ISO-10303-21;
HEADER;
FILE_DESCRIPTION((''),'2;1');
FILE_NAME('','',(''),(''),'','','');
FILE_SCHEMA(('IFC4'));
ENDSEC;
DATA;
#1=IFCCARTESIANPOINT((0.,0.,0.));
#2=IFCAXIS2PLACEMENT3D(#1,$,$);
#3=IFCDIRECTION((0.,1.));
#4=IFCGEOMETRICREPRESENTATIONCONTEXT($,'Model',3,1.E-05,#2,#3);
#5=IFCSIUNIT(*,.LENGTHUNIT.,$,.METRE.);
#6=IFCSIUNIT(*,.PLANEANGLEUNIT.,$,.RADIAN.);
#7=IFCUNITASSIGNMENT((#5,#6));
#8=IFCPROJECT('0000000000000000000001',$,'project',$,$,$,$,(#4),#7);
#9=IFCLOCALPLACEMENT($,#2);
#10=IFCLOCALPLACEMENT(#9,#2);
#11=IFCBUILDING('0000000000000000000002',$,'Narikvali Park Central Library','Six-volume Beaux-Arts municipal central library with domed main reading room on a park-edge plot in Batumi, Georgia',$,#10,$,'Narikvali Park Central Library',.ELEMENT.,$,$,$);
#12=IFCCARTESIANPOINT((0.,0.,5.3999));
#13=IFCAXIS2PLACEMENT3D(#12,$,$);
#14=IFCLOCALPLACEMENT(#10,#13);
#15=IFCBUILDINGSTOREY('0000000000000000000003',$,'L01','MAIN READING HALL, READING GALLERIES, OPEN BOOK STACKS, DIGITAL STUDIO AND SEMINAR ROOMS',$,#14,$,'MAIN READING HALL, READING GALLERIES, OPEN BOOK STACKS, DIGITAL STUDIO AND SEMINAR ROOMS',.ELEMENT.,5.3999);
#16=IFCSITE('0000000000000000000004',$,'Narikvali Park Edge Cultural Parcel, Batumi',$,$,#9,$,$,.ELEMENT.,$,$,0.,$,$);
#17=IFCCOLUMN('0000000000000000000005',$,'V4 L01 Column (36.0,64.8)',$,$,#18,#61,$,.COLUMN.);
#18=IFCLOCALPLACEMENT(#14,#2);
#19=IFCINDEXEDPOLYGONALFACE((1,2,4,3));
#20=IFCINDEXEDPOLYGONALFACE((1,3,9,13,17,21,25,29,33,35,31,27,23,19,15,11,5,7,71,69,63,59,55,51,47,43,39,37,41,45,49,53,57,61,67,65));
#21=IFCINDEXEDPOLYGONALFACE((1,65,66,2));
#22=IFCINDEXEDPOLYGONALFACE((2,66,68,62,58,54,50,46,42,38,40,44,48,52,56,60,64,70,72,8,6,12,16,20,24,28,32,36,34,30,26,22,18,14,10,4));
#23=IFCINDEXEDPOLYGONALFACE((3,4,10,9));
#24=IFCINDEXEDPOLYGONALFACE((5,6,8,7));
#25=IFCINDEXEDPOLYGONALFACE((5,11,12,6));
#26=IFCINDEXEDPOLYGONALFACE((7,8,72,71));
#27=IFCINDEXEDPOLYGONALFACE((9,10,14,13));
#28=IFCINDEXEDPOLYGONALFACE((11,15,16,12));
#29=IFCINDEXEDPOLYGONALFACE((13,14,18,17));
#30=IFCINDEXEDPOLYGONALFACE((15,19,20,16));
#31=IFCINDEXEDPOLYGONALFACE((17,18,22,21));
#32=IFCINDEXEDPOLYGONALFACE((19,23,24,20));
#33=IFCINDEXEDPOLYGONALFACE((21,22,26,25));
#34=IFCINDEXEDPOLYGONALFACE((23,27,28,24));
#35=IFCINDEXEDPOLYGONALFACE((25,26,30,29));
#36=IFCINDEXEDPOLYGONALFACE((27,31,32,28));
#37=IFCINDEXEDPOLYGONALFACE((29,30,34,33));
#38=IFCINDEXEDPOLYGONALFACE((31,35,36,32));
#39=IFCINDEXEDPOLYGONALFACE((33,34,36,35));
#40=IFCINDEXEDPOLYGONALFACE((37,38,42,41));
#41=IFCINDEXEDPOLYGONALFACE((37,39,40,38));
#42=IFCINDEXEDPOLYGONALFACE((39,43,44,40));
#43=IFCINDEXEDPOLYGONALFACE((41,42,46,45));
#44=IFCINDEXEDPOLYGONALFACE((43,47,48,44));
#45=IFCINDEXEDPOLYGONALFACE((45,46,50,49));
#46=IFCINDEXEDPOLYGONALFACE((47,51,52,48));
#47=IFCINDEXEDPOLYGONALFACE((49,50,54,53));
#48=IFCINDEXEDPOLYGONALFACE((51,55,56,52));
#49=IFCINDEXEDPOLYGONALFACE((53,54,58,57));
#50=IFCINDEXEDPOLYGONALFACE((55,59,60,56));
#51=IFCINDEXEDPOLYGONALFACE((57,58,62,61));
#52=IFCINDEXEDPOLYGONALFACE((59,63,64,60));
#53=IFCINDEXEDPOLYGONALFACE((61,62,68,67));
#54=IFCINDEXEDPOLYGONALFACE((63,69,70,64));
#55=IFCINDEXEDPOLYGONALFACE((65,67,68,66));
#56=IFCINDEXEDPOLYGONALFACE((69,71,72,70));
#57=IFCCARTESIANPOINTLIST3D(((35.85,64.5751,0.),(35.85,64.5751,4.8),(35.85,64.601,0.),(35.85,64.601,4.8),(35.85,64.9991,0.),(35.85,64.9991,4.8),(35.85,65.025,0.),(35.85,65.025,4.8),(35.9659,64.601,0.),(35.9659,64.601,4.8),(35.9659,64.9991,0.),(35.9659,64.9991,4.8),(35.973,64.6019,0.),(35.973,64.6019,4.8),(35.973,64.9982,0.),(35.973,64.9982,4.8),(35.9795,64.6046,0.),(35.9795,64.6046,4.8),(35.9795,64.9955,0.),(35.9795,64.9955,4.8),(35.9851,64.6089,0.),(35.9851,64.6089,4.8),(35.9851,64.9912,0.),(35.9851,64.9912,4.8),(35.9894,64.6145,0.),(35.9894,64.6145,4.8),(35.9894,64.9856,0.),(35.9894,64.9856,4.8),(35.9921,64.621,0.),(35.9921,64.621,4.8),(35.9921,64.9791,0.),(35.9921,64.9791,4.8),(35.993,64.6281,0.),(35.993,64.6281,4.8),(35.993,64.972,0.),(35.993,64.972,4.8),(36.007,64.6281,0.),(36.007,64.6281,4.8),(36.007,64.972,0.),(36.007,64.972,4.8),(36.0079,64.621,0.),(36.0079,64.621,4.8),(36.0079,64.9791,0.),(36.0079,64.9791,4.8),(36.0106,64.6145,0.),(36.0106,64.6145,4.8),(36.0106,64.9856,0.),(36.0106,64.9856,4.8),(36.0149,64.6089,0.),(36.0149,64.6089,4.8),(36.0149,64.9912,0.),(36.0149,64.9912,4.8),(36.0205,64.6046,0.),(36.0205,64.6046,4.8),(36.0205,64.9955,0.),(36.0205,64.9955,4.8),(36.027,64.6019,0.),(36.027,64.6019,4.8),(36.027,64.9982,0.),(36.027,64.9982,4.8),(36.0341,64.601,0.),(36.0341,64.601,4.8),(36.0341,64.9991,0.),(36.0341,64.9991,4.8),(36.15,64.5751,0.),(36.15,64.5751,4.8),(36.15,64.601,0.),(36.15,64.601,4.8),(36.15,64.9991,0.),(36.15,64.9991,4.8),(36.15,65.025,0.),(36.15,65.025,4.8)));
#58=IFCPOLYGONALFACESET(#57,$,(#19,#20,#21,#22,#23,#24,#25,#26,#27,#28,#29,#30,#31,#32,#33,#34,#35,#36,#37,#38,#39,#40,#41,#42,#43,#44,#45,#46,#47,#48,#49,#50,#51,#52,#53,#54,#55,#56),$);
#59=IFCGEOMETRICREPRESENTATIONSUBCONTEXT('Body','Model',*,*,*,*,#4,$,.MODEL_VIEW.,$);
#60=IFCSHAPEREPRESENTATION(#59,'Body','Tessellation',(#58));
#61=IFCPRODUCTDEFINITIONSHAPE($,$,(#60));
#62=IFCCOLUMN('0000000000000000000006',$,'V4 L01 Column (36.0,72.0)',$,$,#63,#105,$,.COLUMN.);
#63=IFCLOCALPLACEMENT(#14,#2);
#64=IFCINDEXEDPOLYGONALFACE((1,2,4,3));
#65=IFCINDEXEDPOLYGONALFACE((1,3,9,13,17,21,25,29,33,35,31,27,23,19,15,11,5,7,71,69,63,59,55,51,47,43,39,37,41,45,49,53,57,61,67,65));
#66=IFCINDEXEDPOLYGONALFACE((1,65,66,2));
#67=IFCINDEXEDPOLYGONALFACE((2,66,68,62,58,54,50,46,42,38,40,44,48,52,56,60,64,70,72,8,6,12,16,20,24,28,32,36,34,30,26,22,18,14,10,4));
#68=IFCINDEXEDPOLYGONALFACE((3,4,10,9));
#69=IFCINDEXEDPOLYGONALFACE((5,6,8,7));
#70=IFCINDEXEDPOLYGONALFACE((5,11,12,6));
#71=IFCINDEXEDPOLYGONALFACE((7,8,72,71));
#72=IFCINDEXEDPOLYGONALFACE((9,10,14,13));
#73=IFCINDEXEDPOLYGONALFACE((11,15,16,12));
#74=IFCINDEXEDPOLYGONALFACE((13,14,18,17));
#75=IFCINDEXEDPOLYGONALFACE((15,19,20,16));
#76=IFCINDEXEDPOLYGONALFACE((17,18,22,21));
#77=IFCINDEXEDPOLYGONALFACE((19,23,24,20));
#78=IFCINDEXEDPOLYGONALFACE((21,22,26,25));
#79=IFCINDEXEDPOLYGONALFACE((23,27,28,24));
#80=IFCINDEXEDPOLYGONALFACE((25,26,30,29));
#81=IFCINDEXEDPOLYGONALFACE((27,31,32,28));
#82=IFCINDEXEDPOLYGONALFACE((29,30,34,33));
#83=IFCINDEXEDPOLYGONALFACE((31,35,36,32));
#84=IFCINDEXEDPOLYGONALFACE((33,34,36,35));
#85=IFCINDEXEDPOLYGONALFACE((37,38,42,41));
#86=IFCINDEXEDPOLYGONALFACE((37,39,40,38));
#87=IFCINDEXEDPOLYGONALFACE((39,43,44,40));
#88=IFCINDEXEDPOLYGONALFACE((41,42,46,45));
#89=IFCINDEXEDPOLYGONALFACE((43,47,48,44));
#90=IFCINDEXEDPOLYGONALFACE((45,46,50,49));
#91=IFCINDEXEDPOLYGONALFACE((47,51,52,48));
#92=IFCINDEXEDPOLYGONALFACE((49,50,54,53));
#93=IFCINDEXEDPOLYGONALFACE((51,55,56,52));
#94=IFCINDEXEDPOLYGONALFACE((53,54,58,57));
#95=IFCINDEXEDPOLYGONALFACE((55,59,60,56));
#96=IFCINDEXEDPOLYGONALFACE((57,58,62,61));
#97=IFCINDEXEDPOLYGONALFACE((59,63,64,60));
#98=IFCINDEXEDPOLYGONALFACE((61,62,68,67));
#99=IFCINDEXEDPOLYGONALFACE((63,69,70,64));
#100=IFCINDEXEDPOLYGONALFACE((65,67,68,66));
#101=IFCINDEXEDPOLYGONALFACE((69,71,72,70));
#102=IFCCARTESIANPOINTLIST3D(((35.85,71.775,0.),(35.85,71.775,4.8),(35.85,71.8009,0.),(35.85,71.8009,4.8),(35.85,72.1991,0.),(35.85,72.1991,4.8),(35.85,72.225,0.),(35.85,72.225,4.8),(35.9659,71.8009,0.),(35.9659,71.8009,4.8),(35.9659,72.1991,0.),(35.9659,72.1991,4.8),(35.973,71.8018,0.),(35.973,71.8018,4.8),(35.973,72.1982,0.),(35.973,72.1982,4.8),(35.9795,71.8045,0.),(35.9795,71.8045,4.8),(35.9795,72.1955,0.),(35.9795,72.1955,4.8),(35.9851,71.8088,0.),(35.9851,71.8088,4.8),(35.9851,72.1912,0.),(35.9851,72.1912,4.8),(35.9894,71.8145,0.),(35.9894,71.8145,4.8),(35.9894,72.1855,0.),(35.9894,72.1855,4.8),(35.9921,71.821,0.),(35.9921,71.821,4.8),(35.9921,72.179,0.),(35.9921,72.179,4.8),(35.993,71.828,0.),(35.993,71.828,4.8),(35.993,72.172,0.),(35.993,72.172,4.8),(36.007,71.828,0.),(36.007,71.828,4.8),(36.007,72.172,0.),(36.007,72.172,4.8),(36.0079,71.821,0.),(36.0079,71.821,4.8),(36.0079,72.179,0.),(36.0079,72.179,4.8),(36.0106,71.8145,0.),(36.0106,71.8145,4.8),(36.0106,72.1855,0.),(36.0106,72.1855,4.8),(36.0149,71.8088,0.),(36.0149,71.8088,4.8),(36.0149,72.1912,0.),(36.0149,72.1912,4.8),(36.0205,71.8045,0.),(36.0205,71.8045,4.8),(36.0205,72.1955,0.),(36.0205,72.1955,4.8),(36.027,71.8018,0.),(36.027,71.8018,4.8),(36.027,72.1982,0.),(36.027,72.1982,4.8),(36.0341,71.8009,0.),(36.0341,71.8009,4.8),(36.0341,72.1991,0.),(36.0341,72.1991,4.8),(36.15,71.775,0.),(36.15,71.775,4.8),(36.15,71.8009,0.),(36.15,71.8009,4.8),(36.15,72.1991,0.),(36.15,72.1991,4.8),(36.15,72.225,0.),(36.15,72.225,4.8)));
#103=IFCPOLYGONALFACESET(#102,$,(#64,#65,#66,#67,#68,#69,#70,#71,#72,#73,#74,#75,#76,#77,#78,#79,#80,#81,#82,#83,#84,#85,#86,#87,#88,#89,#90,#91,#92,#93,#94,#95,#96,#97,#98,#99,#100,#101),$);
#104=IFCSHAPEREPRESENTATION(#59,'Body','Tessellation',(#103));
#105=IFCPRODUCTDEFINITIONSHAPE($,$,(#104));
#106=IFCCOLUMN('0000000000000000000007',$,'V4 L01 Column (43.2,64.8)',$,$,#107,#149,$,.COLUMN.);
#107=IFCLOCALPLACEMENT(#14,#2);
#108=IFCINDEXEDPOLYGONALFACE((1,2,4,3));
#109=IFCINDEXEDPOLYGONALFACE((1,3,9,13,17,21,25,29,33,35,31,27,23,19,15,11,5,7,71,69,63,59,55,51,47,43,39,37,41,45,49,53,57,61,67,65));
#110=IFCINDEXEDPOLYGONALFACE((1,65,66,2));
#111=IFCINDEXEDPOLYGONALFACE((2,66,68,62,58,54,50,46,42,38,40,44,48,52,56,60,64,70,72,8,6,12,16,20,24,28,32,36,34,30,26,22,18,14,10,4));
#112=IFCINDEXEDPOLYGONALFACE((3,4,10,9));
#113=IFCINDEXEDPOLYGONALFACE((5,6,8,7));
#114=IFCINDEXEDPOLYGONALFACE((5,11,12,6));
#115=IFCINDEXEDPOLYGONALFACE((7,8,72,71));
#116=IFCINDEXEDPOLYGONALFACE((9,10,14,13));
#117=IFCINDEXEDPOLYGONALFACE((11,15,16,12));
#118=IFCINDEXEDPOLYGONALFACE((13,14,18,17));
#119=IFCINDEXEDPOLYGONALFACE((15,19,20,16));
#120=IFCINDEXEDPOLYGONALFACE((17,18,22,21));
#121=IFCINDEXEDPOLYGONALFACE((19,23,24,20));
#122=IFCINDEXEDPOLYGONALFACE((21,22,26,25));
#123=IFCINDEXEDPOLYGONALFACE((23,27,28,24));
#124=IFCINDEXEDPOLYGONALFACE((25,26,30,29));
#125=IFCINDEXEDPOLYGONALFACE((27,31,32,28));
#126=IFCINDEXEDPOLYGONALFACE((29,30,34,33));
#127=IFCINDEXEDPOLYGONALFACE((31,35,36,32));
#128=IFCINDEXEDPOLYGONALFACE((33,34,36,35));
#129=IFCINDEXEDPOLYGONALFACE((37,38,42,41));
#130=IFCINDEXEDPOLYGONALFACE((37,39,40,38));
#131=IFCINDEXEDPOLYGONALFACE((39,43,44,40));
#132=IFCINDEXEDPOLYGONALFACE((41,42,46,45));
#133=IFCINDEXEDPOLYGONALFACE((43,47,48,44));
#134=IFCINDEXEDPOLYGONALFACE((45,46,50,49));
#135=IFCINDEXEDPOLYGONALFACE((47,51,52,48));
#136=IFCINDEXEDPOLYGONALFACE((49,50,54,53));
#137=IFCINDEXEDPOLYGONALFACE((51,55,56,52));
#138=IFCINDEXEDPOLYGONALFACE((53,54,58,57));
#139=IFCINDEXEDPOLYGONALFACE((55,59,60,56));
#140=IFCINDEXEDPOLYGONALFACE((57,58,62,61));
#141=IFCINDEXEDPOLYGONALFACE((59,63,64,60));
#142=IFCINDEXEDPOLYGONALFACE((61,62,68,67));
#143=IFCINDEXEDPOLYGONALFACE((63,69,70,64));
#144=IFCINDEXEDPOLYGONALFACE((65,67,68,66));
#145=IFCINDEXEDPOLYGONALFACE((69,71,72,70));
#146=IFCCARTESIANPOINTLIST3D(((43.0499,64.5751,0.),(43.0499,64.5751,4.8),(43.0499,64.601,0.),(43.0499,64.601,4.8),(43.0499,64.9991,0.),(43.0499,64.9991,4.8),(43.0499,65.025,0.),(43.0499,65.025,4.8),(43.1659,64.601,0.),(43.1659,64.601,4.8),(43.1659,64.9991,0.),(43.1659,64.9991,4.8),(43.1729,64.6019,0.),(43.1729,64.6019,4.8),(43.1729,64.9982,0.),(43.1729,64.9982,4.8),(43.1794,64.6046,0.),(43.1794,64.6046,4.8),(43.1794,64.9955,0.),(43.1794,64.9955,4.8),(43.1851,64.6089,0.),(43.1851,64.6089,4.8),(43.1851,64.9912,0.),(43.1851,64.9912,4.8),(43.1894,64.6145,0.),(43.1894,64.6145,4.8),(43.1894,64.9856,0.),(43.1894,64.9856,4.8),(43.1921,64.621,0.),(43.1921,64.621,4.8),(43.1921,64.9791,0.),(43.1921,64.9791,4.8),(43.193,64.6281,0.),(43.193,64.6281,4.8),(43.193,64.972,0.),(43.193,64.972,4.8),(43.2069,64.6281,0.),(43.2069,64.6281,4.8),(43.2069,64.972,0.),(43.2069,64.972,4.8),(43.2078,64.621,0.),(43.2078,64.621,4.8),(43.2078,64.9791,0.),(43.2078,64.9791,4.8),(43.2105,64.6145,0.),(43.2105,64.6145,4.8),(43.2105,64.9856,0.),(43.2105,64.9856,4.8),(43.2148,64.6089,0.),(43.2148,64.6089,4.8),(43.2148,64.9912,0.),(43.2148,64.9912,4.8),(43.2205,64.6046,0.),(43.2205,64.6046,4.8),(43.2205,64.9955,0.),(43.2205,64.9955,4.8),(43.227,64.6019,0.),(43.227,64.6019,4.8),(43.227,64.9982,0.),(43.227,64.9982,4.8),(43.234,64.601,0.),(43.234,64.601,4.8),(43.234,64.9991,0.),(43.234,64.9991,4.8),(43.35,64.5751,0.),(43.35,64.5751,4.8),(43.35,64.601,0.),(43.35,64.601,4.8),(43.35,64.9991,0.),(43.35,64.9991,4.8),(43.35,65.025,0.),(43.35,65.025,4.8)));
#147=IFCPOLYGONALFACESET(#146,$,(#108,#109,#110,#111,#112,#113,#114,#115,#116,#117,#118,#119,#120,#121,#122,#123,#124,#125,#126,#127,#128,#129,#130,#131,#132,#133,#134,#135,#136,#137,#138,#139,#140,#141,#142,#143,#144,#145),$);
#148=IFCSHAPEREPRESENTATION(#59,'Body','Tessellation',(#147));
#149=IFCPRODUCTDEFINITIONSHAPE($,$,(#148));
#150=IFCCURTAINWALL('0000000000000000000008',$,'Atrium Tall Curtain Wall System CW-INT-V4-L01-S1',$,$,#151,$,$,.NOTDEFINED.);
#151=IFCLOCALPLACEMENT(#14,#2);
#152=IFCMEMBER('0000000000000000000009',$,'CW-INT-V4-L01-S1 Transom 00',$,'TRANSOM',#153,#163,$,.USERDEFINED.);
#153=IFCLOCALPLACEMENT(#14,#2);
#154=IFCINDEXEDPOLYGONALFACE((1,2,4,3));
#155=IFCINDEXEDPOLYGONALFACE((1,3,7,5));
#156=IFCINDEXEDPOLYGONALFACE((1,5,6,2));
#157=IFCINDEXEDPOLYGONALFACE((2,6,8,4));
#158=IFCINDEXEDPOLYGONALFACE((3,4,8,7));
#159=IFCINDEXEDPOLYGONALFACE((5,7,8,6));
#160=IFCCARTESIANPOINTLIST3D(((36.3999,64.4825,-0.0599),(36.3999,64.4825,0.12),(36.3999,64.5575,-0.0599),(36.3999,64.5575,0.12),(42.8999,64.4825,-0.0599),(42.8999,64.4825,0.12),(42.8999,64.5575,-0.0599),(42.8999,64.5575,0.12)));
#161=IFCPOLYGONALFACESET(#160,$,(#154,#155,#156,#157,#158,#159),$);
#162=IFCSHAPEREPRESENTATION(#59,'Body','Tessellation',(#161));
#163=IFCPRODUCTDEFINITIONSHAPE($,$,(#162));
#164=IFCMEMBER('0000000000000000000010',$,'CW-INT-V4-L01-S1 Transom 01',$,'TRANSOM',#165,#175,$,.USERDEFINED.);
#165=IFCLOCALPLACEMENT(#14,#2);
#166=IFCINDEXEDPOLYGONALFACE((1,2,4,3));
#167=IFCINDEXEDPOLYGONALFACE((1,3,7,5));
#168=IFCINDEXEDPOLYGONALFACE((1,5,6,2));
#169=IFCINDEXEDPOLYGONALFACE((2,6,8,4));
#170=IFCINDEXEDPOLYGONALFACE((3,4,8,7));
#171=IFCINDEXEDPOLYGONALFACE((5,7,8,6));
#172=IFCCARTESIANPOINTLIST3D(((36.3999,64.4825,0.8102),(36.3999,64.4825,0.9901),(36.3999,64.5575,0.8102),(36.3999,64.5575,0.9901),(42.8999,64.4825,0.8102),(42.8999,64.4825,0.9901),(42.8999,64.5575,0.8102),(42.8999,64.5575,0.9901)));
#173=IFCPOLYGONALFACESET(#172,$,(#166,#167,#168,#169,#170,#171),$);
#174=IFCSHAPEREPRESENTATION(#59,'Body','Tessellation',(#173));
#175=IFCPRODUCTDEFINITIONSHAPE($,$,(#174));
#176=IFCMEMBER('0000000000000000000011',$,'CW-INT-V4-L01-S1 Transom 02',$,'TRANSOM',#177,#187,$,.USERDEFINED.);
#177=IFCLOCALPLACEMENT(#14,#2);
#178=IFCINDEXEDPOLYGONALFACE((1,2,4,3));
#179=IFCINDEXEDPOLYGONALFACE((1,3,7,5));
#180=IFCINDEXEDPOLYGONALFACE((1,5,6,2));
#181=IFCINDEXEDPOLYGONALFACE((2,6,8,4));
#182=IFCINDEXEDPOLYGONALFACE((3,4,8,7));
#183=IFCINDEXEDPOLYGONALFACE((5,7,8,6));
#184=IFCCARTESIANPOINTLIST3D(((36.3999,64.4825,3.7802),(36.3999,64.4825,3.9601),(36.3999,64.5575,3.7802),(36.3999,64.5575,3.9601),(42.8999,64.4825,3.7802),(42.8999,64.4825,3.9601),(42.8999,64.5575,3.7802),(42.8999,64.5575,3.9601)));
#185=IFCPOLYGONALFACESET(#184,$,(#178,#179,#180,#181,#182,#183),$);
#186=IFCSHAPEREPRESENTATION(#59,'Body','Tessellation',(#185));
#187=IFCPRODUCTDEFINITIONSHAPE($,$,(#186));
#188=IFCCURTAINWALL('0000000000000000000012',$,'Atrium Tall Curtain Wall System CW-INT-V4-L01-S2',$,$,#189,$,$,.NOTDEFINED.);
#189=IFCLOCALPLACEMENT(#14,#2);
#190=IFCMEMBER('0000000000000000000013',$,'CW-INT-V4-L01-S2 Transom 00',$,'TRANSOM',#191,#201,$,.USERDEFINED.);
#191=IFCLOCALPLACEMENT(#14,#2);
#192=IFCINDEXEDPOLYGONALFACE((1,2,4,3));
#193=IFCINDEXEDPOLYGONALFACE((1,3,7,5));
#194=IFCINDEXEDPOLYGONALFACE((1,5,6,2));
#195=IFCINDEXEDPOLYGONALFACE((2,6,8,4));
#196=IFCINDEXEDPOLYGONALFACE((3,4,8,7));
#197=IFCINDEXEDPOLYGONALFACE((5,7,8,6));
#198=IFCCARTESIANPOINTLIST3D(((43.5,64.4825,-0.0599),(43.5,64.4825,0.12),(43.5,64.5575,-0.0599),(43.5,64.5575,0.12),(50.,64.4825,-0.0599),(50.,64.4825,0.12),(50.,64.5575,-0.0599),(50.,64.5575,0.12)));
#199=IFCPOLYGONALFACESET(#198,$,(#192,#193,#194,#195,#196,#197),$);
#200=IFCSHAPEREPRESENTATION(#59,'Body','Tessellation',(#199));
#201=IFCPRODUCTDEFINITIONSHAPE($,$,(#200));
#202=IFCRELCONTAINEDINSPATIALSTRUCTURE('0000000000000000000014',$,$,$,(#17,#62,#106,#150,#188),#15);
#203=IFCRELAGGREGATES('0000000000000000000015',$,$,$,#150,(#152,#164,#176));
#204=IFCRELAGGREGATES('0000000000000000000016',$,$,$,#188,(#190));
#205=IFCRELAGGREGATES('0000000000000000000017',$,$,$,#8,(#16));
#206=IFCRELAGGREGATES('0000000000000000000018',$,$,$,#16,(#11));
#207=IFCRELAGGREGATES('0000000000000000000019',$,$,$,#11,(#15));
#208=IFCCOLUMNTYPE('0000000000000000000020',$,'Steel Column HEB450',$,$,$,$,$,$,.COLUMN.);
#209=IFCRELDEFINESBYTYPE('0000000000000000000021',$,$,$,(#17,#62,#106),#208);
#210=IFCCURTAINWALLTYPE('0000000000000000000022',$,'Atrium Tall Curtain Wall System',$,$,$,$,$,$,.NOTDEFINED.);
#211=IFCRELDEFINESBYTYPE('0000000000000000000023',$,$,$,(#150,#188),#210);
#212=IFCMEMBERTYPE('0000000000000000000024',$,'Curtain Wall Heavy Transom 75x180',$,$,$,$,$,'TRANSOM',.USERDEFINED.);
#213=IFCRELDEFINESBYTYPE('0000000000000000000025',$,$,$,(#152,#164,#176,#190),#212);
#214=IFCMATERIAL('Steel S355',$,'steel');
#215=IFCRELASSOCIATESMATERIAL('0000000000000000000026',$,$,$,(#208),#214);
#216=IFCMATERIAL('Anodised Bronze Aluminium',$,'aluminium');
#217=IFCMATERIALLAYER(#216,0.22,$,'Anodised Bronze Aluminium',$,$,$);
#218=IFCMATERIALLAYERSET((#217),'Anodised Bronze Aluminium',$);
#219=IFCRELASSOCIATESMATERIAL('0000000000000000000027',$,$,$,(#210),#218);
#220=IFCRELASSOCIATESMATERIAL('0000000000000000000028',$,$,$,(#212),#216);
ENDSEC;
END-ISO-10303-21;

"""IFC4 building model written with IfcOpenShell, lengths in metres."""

from ifc_helpers import new_model, si_unit, direction, frame, origin, origin_2d, place, context, subcontext, project, spatial, rectangle, i_section, extrude, material, layer, layer_set, material_profile, profile_set, type_object, element, aggregate, save


model = new_model("IFC4")

# Units and contexts
model_context = context("Model", 3, precision=1e-05, world=origin(), true_north=direction((0.0, 1.0)))
body_context = subcontext(model_context, "Body", "Model", "MODEL_VIEW")
ifc_project = project(units=[si_unit("LENGTHUNIT", "METRE"), si_unit("PLANEANGLEUNIT", "RADIAN")], contexts=[model_context])

# Site, building, storey
site_placement = place(None, origin())
site = spatial("IfcSite", under=ifc_project, at=site_placement, Name="Narikvali Park Edge Cultural Parcel, Batumi", CompositionType="ELEMENT", RefElevation=0.0)
building_placement = place(site_placement, origin())
building = spatial("IfcBuilding", under=site, at=building_placement, Name="Narikvali Park Central Library", Description="Six-volume Beaux-Arts municipal central library with domed main reading room on a park-edge plot in Batumi, Georgia", LongName="Narikvali Park Central Library", CompositionType="ELEMENT")
storey_placement = place(building_placement, frame((0.0, 0.0, 5.3999)))
storey = spatial("IfcBuildingStorey", under=building, at=storey_placement, Name="L01", Description="MAIN READING HALL, READING GALLERIES, OPEN BOOK STACKS, DIGITAL STUDIO AND SEMINAR ROOMS", LongName="MAIN READING HALL, READING GALLERIES, OPEN BOOK STACKS, DIGITAL STUDIO AND SEMINAR ROOMS", CompositionType="ELEMENT", Elevation=5.3999)

# Columns
ifc_material_1 = material(Name="Steel S355", Category="steel")
ifc_material_profile_1 = material_profile(ifc_material_1, i_section(OverallWidth=0.3, OverallDepth=0.45, WebThickness=0.0139, FlangeThickness=0.0259, FilletRadius=0.0271, at=origin_2d()), Name="HEB 450")
ifc_profile_set_1 = profile_set([ifc_material_profile_1], Name="Steel S355")
column_type = type_object("IfcColumnType", Name="Steel Column HEB450", PredefinedType="COLUMN", material=ifc_profile_set_1)
for number, where, z_axis, x_axis, name in (
    (1, (36.0, 64.8, 0.0), (0.0, 0.0, 1.0), (1.0, 0.0, 0.0), "V4 L01 Column (36.0,64.8)"),
    (2, (36.0, 72.0, 0.0), (0.0, 0.0, 1.0), (1.0, 0.0, 0.0), "V4 L01 Column (36.0,72.0)"),
    (3, (43.2, 64.8, 0.0), (0.0, 0.0, 1.0), (1.0, 0.0, 0.0), "V4 L01 Column (43.2,64.8)"),
):
    element("IfcColumn", number, at=place(storey_placement, frame(where, z_axis=z_axis, x_axis=x_axis)), inside=storey, type_object=column_type, Name=name, PredefinedType="COLUMN", context=body_context, shape_type="SweptSolid", body=[
        extrude(i_section(OverallWidth=0.3, OverallDepth=0.45, WebThickness=0.0139, FlangeThickness=0.0259, FilletRadius=0.0271, at=origin_2d()), origin(), (0.0, 0.0, 1.0), 4.8),
    ])

# Curtain walls, members
ifc_material_2 = material(Name="Anodised Bronze Aluminium", Category="aluminium")
ifc_layer_1 = layer(ifc_material_2, 0.22, Name="Anodised Bronze Aluminium")
ifc_layer_set_1 = layer_set([ifc_layer_1], Name="Anodised Bronze Aluminium")
curtain_wall_type = type_object("IfcCurtainWallType", Name="Atrium Tall Curtain Wall System", PredefinedType="NOTDEFINED", material=ifc_layer_set_1)
curtain_wall_1_placement = place(storey_placement, origin())
curtain_wall_1 = element("IfcCurtainWall", 4, at=curtain_wall_1_placement, inside=storey, type_object=curtain_wall_type, Name="Atrium Tall Curtain Wall System CW-INT-V4-L01-S1", PredefinedType="NOTDEFINED")
ifc_material_profile_2 = material_profile(ifc_material_2, rectangle(XDim=0.075, YDim=0.1799, at=origin_2d()), Name="CW TRANSOM 75x180")
ifc_profile_set_2 = profile_set([ifc_material_profile_2], Name="Anodised Bronze Aluminium")
member_type_1 = type_object("IfcMemberType", Name="Curtain Wall Heavy Transom 75x180", ElementType="TRANSOM", PredefinedType="USERDEFINED", material=ifc_profile_set_2)
member_1_placement = place(storey_placement, frame((36.3999, 64.52, 0.03), z_axis=(1.0, 0.0, 0.0), x_axis=(0.0, 1.0, 0.0)))
member_1 = element("IfcMember", 5, at=member_1_placement, type_object=member_type_1, Name="CW-INT-V4-L01-S1 Transom 00", ObjectType="TRANSOM", PredefinedType="USERDEFINED", context=body_context, shape_type="SweptSolid", body=[
    extrude(rectangle(XDim=0.075, YDim=0.1799, at=origin_2d()), origin(), (0.0, 0.0, 1.0), 6.5),
])
member_2_placement = place(storey_placement, frame((36.3999, 64.52, 0.9001), z_axis=(1.0, 0.0, 0.0), x_axis=(0.0, 1.0, 0.0)))
member_2 = element("IfcMember", 6, at=member_2_placement, type_object=member_type_1, Name="CW-INT-V4-L01-S1 Transom 01", ObjectType="TRANSOM", PredefinedType="USERDEFINED", context=body_context, shape_type="SweptSolid", body=[
    extrude(rectangle(XDim=0.075, YDim=0.1799, at=origin_2d()), origin(), (0.0, 0.0, 1.0), 6.5),
])
member_3_placement = place(storey_placement, frame((36.3999, 64.52, 3.8701), z_axis=(1.0, 0.0, 0.0), x_axis=(0.0, 1.0, 0.0)))
member_3 = element("IfcMember", 7, at=member_3_placement, type_object=member_type_1, Name="CW-INT-V4-L01-S1 Transom 02", ObjectType="TRANSOM", PredefinedType="USERDEFINED", context=body_context, shape_type="SweptSolid", body=[
    extrude(rectangle(XDim=0.075, YDim=0.1799, at=origin_2d()), origin(), (0.0, 0.0, 1.0), 6.5),
])
curtain_wall_2_placement = place(storey_placement, origin())
curtain_wall_2 = element("IfcCurtainWall", 8, at=curtain_wall_2_placement, inside=storey, type_object=curtain_wall_type, Name="Atrium Tall Curtain Wall System CW-INT-V4-L01-S2", PredefinedType="NOTDEFINED")
member_4_placement = place(storey_placement, frame((43.5, 64.52, 0.03), z_axis=(1.0, 0.0, 0.0), x_axis=(0.0, 1.0, 0.0)))
member_4 = element("IfcMember", 9, at=member_4_placement, type_object=member_type_1, Name="CW-INT-V4-L01-S2 Transom 00", ObjectType="TRANSOM", PredefinedType="USERDEFINED", context=body_context, shape_type="SweptSolid", body=[
    extrude(rectangle(XDim=0.075, YDim=0.1799, at=origin_2d()), origin(), (0.0, 0.0, 1.0), 6.5),
])

aggregate(curtain_wall_1, [member_1, member_2, member_3])
aggregate(curtain_wall_2, [member_4])

save(model, "model.ifc")
